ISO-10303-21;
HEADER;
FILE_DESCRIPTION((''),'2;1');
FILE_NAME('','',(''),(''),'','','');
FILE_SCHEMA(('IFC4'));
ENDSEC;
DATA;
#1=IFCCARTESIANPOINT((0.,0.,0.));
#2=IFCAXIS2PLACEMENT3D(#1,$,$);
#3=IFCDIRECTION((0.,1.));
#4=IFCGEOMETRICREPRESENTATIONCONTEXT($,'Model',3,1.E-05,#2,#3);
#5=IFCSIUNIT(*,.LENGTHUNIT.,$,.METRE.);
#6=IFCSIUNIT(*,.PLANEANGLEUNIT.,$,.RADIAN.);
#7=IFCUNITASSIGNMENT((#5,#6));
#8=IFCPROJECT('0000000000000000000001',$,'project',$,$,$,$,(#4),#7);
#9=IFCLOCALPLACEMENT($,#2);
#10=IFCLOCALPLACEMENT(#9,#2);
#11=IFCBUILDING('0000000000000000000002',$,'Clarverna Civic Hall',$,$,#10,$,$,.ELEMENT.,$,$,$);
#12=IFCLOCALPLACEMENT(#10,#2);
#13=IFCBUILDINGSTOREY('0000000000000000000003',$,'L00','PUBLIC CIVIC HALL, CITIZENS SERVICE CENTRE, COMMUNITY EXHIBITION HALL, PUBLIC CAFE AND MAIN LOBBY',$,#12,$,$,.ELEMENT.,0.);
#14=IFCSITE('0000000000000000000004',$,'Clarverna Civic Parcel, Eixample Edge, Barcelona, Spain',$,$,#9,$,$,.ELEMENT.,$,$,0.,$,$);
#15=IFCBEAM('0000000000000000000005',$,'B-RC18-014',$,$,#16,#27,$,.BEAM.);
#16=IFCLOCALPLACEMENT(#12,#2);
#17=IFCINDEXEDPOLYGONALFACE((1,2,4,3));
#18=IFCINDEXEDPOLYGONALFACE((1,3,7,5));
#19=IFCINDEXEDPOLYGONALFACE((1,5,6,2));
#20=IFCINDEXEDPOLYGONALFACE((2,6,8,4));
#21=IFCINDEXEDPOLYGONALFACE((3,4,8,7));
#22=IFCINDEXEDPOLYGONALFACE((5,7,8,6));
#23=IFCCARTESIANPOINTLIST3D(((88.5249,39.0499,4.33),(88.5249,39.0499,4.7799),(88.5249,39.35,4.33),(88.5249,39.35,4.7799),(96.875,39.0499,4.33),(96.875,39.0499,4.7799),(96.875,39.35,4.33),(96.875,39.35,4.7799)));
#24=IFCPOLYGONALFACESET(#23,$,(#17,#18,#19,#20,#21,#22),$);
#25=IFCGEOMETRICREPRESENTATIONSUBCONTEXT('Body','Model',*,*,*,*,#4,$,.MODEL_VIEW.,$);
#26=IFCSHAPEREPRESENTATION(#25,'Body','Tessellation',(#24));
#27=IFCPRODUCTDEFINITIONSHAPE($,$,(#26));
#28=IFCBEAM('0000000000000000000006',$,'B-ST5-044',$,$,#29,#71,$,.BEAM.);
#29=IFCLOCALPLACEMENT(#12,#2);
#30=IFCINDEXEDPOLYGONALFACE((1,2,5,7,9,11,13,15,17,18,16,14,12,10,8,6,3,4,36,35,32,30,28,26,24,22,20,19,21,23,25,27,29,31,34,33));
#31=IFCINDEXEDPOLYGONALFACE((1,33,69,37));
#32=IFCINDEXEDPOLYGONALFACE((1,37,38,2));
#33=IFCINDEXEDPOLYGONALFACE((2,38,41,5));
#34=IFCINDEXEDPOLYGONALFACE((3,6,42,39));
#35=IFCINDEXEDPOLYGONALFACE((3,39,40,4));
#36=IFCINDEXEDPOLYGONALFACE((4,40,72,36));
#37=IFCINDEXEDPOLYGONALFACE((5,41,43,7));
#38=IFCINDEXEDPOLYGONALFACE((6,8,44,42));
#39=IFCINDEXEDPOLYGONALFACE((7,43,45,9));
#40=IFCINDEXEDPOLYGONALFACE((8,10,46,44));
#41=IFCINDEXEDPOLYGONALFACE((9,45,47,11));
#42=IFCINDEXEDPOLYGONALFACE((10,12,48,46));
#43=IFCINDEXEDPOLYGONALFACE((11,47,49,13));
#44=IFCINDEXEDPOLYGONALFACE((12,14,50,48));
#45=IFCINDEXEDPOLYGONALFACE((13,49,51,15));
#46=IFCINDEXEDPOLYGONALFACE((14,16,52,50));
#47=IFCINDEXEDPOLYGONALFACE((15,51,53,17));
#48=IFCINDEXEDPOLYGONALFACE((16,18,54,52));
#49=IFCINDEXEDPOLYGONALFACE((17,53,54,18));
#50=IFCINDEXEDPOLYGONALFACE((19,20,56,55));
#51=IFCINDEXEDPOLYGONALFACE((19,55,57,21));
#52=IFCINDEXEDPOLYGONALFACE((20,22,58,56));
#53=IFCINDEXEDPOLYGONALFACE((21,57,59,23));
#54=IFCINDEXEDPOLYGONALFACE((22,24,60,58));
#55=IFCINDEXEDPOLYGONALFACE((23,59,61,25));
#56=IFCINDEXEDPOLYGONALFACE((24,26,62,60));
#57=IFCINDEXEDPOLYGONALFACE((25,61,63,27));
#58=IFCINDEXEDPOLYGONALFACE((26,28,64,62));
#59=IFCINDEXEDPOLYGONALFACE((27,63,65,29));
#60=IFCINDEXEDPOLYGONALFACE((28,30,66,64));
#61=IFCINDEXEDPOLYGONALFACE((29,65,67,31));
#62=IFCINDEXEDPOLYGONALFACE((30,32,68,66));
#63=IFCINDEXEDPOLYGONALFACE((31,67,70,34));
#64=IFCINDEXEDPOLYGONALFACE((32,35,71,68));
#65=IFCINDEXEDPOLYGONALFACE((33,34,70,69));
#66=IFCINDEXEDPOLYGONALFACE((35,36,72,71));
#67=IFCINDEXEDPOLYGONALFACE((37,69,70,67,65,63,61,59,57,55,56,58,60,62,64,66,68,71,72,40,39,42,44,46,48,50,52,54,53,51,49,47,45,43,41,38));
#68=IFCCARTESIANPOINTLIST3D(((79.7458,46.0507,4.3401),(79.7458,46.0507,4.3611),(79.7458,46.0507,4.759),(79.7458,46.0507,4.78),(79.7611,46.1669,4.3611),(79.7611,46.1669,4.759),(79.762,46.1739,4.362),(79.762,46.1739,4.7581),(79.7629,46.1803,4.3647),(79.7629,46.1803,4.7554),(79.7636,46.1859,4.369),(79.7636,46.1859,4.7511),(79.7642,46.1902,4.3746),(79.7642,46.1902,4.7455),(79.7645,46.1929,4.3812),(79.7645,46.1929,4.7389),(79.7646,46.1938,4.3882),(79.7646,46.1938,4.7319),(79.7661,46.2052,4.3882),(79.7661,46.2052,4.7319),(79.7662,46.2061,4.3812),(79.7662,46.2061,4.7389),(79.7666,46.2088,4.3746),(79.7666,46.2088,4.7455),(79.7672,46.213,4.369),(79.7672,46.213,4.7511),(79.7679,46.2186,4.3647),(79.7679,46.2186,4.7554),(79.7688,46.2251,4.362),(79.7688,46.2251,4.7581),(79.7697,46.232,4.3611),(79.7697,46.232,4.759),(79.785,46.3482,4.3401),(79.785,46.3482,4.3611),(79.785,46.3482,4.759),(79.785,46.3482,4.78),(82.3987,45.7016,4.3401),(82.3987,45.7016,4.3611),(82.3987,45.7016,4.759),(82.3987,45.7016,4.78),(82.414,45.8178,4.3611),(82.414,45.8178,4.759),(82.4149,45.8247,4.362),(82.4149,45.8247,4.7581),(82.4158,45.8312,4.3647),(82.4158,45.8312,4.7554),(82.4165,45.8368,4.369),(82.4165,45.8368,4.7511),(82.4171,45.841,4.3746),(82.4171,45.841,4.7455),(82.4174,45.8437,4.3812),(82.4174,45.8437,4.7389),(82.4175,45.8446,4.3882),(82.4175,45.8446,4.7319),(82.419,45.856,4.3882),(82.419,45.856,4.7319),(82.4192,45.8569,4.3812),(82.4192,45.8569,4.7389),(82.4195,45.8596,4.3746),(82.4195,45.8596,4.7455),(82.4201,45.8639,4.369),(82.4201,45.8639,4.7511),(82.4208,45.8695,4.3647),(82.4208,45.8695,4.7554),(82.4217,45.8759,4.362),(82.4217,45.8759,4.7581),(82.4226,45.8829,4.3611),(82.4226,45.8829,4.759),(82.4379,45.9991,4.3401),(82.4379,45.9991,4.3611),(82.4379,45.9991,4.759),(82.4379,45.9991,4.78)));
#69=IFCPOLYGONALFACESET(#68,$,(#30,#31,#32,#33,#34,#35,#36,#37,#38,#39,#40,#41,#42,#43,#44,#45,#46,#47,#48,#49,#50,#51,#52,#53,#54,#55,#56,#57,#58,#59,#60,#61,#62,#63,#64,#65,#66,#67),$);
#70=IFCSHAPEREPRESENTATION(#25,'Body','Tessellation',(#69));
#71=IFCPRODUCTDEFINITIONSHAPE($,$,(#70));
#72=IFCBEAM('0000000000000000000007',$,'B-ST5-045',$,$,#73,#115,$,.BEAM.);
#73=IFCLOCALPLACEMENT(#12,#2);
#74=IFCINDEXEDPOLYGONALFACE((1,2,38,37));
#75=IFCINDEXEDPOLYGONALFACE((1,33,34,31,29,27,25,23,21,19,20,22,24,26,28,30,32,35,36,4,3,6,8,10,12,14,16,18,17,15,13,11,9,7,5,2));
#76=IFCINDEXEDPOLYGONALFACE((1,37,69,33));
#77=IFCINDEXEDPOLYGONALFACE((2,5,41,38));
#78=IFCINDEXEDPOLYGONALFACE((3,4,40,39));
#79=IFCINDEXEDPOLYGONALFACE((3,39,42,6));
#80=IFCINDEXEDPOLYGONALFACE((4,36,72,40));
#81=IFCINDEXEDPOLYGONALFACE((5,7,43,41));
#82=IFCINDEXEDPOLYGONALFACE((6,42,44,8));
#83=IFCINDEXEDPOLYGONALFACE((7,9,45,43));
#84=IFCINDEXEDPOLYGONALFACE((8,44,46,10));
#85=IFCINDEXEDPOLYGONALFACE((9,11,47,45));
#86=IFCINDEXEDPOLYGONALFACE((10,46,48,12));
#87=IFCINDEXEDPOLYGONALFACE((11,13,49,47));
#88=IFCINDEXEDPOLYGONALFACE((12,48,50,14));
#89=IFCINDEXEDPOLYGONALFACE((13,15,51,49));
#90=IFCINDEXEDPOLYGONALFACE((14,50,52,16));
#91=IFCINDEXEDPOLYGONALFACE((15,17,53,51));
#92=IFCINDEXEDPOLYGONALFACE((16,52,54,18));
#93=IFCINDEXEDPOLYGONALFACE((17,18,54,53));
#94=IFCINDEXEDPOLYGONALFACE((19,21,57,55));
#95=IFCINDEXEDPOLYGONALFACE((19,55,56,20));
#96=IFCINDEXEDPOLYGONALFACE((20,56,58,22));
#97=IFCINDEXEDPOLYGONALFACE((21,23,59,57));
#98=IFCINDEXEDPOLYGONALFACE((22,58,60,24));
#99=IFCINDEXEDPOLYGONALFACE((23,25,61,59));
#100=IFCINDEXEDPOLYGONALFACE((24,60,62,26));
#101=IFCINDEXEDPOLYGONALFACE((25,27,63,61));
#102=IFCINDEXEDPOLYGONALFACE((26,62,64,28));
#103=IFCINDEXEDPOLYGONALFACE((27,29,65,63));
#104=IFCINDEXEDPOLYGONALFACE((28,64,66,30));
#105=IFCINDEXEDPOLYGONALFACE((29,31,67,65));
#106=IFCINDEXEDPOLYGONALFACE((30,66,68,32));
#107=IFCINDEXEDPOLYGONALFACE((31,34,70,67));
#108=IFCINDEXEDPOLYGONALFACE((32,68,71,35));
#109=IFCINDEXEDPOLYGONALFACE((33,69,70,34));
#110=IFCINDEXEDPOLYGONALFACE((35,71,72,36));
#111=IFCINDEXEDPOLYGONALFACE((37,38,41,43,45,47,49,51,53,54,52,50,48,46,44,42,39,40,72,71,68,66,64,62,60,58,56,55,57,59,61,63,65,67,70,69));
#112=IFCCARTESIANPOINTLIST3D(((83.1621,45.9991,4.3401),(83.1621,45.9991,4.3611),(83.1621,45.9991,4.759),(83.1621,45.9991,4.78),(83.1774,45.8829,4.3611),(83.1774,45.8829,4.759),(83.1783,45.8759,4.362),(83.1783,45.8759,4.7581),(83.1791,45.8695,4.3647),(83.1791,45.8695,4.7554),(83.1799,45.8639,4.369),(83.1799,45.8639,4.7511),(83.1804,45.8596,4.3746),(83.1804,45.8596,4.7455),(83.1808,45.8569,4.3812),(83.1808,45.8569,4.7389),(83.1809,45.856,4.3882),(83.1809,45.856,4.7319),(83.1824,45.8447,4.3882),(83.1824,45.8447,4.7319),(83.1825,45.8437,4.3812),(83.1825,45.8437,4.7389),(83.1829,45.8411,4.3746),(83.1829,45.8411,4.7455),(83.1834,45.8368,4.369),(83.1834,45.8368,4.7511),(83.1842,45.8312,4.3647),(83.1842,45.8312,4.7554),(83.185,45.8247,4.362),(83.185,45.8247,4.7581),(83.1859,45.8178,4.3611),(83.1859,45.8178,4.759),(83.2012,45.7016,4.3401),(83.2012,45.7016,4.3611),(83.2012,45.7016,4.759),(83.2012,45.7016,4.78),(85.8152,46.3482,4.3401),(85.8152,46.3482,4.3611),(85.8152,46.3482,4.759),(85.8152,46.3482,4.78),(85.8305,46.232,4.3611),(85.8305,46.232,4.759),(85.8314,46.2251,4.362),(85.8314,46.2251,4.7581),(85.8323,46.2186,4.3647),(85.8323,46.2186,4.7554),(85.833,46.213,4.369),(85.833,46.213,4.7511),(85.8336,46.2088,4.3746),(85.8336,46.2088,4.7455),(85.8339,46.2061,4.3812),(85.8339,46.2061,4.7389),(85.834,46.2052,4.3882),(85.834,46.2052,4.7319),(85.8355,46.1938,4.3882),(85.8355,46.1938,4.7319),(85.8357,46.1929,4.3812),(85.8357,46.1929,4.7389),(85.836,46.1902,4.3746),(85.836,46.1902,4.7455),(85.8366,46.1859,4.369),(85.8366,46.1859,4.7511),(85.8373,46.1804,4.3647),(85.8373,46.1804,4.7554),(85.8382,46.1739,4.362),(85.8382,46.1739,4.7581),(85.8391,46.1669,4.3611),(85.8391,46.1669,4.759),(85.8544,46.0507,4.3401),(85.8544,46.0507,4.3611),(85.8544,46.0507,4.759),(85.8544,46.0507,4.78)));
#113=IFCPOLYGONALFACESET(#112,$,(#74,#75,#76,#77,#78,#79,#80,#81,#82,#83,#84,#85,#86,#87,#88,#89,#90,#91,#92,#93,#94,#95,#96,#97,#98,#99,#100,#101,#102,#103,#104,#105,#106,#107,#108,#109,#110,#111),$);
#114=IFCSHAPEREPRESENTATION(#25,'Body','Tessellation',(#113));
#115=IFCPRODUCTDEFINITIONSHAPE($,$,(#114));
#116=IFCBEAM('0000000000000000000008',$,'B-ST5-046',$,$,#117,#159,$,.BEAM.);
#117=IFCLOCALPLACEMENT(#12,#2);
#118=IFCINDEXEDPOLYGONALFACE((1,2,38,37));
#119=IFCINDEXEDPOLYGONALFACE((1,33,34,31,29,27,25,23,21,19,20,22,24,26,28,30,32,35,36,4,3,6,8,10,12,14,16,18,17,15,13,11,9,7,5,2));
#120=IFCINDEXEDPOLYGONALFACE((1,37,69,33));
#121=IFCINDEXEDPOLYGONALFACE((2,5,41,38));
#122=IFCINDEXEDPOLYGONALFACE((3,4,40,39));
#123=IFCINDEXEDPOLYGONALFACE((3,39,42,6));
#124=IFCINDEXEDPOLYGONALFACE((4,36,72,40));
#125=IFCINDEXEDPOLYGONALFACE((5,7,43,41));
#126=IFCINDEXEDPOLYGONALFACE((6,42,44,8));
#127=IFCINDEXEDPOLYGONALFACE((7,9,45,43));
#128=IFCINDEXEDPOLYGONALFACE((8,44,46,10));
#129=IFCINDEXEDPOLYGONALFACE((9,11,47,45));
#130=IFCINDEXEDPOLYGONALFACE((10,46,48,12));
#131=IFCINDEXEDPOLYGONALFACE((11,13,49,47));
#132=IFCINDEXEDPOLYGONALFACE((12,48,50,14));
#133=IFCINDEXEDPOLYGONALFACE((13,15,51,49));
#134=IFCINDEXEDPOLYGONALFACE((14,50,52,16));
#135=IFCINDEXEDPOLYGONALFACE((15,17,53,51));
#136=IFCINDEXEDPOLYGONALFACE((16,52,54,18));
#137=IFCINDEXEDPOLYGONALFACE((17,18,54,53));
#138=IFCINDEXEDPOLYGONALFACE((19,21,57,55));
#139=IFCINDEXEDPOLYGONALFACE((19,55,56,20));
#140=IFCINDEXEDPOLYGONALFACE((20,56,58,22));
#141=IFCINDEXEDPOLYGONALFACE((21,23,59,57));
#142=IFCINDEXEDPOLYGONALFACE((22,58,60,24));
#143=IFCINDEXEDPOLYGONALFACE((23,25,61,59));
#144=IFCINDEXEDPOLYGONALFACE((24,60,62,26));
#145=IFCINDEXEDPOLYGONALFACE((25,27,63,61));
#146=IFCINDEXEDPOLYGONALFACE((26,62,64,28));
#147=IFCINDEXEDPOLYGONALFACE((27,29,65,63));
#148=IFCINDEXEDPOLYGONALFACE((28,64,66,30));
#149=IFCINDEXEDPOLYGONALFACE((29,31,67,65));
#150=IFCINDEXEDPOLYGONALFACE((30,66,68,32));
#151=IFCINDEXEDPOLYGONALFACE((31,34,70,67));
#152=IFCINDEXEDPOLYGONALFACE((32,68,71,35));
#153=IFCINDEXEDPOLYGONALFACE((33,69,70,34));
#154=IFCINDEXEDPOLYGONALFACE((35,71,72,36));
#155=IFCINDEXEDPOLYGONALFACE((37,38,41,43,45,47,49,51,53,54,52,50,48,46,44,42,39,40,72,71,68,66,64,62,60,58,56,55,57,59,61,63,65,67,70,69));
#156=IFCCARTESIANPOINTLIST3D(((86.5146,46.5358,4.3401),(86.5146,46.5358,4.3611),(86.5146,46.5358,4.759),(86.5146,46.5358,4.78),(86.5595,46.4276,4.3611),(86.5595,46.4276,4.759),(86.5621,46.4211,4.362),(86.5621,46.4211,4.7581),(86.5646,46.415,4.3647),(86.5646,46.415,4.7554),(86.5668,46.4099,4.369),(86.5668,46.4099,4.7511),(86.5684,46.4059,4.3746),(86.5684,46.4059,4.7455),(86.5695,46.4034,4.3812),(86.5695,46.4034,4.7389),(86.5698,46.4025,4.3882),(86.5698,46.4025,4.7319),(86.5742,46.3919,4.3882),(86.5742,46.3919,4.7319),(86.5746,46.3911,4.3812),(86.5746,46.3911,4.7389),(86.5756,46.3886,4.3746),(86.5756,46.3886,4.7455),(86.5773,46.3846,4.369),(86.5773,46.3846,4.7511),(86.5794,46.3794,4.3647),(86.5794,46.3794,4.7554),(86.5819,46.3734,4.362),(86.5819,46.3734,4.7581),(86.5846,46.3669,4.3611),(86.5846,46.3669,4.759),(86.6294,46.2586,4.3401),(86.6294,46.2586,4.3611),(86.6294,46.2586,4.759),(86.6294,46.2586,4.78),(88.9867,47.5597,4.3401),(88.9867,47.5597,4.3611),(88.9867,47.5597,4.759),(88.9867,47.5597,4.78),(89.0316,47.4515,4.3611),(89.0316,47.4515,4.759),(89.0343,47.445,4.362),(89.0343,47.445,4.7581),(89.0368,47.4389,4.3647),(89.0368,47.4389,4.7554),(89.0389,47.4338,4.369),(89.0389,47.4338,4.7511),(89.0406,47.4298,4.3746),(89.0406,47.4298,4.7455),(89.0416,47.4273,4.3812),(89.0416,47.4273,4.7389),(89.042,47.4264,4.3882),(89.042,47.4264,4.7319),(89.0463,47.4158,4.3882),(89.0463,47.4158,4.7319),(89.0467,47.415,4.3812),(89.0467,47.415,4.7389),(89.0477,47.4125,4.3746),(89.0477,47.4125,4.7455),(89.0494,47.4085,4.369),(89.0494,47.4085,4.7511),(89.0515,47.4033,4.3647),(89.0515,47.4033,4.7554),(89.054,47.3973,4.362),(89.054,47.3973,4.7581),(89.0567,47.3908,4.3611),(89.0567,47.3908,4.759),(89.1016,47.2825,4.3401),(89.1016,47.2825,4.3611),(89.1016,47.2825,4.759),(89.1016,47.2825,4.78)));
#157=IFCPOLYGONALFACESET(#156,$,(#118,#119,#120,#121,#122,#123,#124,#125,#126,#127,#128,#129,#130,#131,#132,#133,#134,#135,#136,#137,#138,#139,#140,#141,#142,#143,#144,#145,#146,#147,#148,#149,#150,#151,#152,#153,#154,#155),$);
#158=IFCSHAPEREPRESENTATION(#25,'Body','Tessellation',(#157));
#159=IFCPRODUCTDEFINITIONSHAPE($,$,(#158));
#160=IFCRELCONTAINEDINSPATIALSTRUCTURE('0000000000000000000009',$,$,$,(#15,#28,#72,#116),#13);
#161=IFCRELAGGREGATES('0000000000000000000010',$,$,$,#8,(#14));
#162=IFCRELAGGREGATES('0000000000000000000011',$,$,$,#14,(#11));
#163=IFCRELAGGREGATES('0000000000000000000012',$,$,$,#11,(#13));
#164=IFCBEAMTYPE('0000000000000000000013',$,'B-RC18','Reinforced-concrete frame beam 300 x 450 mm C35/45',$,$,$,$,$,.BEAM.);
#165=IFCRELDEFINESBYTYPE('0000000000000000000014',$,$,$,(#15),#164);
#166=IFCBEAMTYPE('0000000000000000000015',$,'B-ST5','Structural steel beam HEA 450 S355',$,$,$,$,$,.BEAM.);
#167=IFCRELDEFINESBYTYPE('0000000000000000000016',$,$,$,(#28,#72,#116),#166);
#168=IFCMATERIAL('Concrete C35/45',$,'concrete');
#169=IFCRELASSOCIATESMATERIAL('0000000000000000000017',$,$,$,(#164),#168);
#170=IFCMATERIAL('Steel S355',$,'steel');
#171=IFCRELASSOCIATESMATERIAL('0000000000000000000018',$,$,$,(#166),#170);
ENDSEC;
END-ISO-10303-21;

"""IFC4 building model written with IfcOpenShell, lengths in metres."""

from ifc_helpers import new_model, si_unit, direction, frame, origin, origin_2d, place, context, subcontext, project, spatial, rectangle, i_section, extrude, material, material_profile, profile_set, type_object, element, save


model = new_model("IFC4")

# Units and contexts
model_context = context("Model", 3, precision=1e-05, world=origin(), true_north=direction((0.0, 1.0)))
body_context = subcontext(model_context, "Body", "Model", "MODEL_VIEW")
ifc_project = project(units=[si_unit("LENGTHUNIT", "METRE"), si_unit("PLANEANGLEUNIT", "RADIAN")], contexts=[model_context])

# Site, building, storey
site_placement = place(None, origin())
site = spatial("IfcSite", under=ifc_project, at=site_placement, Name="Clarverna Civic Parcel, Eixample Edge, Barcelona, Spain", CompositionType="ELEMENT", RefElevation=0.0)
building_placement = place(site_placement, origin())
building = spatial("IfcBuilding", under=site, at=building_placement, Name="Clarverna Civic Hall", CompositionType="ELEMENT")
storey_placement = place(building_placement, origin())
storey = spatial("IfcBuildingStorey", under=building, at=storey_placement, Name="L00", Description="PUBLIC CIVIC HALL, CITIZENS SERVICE CENTRE, COMMUNITY EXHIBITION HALL, PUBLIC CAFE AND MAIN LOBBY", CompositionType="ELEMENT", Elevation=0.0)

# Shared definitions
ifc_material_1 = material(Name="Concrete C35/45", Category="concrete")

# Beams
ifc_material_profile_1 = material_profile(ifc_material_1, rectangle(XDim=0.3, YDim=0.45, at=origin_2d()), Name="RC 300x450")
ifc_profile_set_1 = profile_set([ifc_material_profile_1], Name="Concrete C35/45")
beam_type_1 = type_object("IfcBeamType", Name="B-RC18", Description="Reinforced-concrete frame beam 300 x 450 mm C35/45", PredefinedType="BEAM", material=ifc_profile_set_1)
beam_1_placement = place(storey_placement, frame((88.5249, 39.2, 4.5549), z_axis=(1.0, 0.0, 0.0), x_axis=(0.0, 1.0, 0.0)))
element("IfcBeam", 1, at=beam_1_placement, inside=storey, type_object=beam_type_1, Name="B-RC18-014", PredefinedType="BEAM", context=body_context, shape_type="SweptSolid", body=[
    extrude(rectangle(XDim=0.3, YDim=0.45, at=origin_2d()), origin(), (0.0, 0.0, 1.0), 8.3501),
])
ifc_material_2 = material(Name="Steel S355", Category="steel")
ifc_material_profile_2 = material_profile(ifc_material_2, i_section(OverallWidth=0.3, OverallDepth=0.4399, WebThickness=0.0115, FlangeThickness=0.021, FilletRadius=0.0271, at=origin_2d()), Name="HEA 450")
ifc_profile_set_2 = profile_set([ifc_material_profile_2], Name="Steel S355")
beam_type_2 = type_object("IfcBeamType", Name="B-ST5", Description="Structural steel beam HEA 450 S355", PredefinedType="BEAM", material=ifc_profile_set_2)
beam_2_placement = place(storey_placement, frame((79.7654, 46.1995, 4.5601), z_axis=(0.991451, -0.130478, 0.0), x_axis=(0.130478, 0.991451, 0.0)))
element("IfcBeam", 2, at=beam_2_placement, inside=storey, type_object=beam_type_2, Name="B-ST5-044", PredefinedType="BEAM", context=body_context, shape_type="SweptSolid", body=[
    extrude(i_section(OverallWidth=0.3, OverallDepth=0.4399, WebThickness=0.0115, FlangeThickness=0.021, FilletRadius=0.0271, at=origin_2d()), origin(), (0.0, 0.0, 1.0), 2.6758),
])
beam_3_placement = place(storey_placement, frame((83.1816, 45.8503, 4.5601), z_axis=(0.991453, 0.130466, 0.0), x_axis=(-0.130466, 0.991453, 0.0)))
element("IfcBeam", 3, at=beam_3_placement, inside=storey, type_object=beam_type_2, Name="B-ST5-045", PredefinedType="BEAM", context=body_context, shape_type="SweptSolid", body=[
    extrude(i_section(OverallWidth=0.3, OverallDepth=0.4399, WebThickness=0.0115, FlangeThickness=0.021, FilletRadius=0.0271, at=origin_2d()), origin(), (0.0, 0.0, 1.0), 2.676),
])
beam_4_placement = place(storey_placement, frame((86.572, 46.3972, 4.5601), z_axis=(0.92389, 0.382658, 0.0), x_axis=(-0.382658, 0.92389, 0.0)))
element("IfcBeam", 4, at=beam_4_placement, inside=storey, type_object=beam_type_2, Name="B-ST5-046", PredefinedType="BEAM", context=body_context, shape_type="SweptSolid", body=[
    extrude(i_section(OverallWidth=0.3, OverallDepth=0.4399, WebThickness=0.0115, FlangeThickness=0.021, FilletRadius=0.0271, at=origin_2d()), origin(), (0.0, 0.0, 1.0), 2.6758),
])

save(model, "model.ifc")
